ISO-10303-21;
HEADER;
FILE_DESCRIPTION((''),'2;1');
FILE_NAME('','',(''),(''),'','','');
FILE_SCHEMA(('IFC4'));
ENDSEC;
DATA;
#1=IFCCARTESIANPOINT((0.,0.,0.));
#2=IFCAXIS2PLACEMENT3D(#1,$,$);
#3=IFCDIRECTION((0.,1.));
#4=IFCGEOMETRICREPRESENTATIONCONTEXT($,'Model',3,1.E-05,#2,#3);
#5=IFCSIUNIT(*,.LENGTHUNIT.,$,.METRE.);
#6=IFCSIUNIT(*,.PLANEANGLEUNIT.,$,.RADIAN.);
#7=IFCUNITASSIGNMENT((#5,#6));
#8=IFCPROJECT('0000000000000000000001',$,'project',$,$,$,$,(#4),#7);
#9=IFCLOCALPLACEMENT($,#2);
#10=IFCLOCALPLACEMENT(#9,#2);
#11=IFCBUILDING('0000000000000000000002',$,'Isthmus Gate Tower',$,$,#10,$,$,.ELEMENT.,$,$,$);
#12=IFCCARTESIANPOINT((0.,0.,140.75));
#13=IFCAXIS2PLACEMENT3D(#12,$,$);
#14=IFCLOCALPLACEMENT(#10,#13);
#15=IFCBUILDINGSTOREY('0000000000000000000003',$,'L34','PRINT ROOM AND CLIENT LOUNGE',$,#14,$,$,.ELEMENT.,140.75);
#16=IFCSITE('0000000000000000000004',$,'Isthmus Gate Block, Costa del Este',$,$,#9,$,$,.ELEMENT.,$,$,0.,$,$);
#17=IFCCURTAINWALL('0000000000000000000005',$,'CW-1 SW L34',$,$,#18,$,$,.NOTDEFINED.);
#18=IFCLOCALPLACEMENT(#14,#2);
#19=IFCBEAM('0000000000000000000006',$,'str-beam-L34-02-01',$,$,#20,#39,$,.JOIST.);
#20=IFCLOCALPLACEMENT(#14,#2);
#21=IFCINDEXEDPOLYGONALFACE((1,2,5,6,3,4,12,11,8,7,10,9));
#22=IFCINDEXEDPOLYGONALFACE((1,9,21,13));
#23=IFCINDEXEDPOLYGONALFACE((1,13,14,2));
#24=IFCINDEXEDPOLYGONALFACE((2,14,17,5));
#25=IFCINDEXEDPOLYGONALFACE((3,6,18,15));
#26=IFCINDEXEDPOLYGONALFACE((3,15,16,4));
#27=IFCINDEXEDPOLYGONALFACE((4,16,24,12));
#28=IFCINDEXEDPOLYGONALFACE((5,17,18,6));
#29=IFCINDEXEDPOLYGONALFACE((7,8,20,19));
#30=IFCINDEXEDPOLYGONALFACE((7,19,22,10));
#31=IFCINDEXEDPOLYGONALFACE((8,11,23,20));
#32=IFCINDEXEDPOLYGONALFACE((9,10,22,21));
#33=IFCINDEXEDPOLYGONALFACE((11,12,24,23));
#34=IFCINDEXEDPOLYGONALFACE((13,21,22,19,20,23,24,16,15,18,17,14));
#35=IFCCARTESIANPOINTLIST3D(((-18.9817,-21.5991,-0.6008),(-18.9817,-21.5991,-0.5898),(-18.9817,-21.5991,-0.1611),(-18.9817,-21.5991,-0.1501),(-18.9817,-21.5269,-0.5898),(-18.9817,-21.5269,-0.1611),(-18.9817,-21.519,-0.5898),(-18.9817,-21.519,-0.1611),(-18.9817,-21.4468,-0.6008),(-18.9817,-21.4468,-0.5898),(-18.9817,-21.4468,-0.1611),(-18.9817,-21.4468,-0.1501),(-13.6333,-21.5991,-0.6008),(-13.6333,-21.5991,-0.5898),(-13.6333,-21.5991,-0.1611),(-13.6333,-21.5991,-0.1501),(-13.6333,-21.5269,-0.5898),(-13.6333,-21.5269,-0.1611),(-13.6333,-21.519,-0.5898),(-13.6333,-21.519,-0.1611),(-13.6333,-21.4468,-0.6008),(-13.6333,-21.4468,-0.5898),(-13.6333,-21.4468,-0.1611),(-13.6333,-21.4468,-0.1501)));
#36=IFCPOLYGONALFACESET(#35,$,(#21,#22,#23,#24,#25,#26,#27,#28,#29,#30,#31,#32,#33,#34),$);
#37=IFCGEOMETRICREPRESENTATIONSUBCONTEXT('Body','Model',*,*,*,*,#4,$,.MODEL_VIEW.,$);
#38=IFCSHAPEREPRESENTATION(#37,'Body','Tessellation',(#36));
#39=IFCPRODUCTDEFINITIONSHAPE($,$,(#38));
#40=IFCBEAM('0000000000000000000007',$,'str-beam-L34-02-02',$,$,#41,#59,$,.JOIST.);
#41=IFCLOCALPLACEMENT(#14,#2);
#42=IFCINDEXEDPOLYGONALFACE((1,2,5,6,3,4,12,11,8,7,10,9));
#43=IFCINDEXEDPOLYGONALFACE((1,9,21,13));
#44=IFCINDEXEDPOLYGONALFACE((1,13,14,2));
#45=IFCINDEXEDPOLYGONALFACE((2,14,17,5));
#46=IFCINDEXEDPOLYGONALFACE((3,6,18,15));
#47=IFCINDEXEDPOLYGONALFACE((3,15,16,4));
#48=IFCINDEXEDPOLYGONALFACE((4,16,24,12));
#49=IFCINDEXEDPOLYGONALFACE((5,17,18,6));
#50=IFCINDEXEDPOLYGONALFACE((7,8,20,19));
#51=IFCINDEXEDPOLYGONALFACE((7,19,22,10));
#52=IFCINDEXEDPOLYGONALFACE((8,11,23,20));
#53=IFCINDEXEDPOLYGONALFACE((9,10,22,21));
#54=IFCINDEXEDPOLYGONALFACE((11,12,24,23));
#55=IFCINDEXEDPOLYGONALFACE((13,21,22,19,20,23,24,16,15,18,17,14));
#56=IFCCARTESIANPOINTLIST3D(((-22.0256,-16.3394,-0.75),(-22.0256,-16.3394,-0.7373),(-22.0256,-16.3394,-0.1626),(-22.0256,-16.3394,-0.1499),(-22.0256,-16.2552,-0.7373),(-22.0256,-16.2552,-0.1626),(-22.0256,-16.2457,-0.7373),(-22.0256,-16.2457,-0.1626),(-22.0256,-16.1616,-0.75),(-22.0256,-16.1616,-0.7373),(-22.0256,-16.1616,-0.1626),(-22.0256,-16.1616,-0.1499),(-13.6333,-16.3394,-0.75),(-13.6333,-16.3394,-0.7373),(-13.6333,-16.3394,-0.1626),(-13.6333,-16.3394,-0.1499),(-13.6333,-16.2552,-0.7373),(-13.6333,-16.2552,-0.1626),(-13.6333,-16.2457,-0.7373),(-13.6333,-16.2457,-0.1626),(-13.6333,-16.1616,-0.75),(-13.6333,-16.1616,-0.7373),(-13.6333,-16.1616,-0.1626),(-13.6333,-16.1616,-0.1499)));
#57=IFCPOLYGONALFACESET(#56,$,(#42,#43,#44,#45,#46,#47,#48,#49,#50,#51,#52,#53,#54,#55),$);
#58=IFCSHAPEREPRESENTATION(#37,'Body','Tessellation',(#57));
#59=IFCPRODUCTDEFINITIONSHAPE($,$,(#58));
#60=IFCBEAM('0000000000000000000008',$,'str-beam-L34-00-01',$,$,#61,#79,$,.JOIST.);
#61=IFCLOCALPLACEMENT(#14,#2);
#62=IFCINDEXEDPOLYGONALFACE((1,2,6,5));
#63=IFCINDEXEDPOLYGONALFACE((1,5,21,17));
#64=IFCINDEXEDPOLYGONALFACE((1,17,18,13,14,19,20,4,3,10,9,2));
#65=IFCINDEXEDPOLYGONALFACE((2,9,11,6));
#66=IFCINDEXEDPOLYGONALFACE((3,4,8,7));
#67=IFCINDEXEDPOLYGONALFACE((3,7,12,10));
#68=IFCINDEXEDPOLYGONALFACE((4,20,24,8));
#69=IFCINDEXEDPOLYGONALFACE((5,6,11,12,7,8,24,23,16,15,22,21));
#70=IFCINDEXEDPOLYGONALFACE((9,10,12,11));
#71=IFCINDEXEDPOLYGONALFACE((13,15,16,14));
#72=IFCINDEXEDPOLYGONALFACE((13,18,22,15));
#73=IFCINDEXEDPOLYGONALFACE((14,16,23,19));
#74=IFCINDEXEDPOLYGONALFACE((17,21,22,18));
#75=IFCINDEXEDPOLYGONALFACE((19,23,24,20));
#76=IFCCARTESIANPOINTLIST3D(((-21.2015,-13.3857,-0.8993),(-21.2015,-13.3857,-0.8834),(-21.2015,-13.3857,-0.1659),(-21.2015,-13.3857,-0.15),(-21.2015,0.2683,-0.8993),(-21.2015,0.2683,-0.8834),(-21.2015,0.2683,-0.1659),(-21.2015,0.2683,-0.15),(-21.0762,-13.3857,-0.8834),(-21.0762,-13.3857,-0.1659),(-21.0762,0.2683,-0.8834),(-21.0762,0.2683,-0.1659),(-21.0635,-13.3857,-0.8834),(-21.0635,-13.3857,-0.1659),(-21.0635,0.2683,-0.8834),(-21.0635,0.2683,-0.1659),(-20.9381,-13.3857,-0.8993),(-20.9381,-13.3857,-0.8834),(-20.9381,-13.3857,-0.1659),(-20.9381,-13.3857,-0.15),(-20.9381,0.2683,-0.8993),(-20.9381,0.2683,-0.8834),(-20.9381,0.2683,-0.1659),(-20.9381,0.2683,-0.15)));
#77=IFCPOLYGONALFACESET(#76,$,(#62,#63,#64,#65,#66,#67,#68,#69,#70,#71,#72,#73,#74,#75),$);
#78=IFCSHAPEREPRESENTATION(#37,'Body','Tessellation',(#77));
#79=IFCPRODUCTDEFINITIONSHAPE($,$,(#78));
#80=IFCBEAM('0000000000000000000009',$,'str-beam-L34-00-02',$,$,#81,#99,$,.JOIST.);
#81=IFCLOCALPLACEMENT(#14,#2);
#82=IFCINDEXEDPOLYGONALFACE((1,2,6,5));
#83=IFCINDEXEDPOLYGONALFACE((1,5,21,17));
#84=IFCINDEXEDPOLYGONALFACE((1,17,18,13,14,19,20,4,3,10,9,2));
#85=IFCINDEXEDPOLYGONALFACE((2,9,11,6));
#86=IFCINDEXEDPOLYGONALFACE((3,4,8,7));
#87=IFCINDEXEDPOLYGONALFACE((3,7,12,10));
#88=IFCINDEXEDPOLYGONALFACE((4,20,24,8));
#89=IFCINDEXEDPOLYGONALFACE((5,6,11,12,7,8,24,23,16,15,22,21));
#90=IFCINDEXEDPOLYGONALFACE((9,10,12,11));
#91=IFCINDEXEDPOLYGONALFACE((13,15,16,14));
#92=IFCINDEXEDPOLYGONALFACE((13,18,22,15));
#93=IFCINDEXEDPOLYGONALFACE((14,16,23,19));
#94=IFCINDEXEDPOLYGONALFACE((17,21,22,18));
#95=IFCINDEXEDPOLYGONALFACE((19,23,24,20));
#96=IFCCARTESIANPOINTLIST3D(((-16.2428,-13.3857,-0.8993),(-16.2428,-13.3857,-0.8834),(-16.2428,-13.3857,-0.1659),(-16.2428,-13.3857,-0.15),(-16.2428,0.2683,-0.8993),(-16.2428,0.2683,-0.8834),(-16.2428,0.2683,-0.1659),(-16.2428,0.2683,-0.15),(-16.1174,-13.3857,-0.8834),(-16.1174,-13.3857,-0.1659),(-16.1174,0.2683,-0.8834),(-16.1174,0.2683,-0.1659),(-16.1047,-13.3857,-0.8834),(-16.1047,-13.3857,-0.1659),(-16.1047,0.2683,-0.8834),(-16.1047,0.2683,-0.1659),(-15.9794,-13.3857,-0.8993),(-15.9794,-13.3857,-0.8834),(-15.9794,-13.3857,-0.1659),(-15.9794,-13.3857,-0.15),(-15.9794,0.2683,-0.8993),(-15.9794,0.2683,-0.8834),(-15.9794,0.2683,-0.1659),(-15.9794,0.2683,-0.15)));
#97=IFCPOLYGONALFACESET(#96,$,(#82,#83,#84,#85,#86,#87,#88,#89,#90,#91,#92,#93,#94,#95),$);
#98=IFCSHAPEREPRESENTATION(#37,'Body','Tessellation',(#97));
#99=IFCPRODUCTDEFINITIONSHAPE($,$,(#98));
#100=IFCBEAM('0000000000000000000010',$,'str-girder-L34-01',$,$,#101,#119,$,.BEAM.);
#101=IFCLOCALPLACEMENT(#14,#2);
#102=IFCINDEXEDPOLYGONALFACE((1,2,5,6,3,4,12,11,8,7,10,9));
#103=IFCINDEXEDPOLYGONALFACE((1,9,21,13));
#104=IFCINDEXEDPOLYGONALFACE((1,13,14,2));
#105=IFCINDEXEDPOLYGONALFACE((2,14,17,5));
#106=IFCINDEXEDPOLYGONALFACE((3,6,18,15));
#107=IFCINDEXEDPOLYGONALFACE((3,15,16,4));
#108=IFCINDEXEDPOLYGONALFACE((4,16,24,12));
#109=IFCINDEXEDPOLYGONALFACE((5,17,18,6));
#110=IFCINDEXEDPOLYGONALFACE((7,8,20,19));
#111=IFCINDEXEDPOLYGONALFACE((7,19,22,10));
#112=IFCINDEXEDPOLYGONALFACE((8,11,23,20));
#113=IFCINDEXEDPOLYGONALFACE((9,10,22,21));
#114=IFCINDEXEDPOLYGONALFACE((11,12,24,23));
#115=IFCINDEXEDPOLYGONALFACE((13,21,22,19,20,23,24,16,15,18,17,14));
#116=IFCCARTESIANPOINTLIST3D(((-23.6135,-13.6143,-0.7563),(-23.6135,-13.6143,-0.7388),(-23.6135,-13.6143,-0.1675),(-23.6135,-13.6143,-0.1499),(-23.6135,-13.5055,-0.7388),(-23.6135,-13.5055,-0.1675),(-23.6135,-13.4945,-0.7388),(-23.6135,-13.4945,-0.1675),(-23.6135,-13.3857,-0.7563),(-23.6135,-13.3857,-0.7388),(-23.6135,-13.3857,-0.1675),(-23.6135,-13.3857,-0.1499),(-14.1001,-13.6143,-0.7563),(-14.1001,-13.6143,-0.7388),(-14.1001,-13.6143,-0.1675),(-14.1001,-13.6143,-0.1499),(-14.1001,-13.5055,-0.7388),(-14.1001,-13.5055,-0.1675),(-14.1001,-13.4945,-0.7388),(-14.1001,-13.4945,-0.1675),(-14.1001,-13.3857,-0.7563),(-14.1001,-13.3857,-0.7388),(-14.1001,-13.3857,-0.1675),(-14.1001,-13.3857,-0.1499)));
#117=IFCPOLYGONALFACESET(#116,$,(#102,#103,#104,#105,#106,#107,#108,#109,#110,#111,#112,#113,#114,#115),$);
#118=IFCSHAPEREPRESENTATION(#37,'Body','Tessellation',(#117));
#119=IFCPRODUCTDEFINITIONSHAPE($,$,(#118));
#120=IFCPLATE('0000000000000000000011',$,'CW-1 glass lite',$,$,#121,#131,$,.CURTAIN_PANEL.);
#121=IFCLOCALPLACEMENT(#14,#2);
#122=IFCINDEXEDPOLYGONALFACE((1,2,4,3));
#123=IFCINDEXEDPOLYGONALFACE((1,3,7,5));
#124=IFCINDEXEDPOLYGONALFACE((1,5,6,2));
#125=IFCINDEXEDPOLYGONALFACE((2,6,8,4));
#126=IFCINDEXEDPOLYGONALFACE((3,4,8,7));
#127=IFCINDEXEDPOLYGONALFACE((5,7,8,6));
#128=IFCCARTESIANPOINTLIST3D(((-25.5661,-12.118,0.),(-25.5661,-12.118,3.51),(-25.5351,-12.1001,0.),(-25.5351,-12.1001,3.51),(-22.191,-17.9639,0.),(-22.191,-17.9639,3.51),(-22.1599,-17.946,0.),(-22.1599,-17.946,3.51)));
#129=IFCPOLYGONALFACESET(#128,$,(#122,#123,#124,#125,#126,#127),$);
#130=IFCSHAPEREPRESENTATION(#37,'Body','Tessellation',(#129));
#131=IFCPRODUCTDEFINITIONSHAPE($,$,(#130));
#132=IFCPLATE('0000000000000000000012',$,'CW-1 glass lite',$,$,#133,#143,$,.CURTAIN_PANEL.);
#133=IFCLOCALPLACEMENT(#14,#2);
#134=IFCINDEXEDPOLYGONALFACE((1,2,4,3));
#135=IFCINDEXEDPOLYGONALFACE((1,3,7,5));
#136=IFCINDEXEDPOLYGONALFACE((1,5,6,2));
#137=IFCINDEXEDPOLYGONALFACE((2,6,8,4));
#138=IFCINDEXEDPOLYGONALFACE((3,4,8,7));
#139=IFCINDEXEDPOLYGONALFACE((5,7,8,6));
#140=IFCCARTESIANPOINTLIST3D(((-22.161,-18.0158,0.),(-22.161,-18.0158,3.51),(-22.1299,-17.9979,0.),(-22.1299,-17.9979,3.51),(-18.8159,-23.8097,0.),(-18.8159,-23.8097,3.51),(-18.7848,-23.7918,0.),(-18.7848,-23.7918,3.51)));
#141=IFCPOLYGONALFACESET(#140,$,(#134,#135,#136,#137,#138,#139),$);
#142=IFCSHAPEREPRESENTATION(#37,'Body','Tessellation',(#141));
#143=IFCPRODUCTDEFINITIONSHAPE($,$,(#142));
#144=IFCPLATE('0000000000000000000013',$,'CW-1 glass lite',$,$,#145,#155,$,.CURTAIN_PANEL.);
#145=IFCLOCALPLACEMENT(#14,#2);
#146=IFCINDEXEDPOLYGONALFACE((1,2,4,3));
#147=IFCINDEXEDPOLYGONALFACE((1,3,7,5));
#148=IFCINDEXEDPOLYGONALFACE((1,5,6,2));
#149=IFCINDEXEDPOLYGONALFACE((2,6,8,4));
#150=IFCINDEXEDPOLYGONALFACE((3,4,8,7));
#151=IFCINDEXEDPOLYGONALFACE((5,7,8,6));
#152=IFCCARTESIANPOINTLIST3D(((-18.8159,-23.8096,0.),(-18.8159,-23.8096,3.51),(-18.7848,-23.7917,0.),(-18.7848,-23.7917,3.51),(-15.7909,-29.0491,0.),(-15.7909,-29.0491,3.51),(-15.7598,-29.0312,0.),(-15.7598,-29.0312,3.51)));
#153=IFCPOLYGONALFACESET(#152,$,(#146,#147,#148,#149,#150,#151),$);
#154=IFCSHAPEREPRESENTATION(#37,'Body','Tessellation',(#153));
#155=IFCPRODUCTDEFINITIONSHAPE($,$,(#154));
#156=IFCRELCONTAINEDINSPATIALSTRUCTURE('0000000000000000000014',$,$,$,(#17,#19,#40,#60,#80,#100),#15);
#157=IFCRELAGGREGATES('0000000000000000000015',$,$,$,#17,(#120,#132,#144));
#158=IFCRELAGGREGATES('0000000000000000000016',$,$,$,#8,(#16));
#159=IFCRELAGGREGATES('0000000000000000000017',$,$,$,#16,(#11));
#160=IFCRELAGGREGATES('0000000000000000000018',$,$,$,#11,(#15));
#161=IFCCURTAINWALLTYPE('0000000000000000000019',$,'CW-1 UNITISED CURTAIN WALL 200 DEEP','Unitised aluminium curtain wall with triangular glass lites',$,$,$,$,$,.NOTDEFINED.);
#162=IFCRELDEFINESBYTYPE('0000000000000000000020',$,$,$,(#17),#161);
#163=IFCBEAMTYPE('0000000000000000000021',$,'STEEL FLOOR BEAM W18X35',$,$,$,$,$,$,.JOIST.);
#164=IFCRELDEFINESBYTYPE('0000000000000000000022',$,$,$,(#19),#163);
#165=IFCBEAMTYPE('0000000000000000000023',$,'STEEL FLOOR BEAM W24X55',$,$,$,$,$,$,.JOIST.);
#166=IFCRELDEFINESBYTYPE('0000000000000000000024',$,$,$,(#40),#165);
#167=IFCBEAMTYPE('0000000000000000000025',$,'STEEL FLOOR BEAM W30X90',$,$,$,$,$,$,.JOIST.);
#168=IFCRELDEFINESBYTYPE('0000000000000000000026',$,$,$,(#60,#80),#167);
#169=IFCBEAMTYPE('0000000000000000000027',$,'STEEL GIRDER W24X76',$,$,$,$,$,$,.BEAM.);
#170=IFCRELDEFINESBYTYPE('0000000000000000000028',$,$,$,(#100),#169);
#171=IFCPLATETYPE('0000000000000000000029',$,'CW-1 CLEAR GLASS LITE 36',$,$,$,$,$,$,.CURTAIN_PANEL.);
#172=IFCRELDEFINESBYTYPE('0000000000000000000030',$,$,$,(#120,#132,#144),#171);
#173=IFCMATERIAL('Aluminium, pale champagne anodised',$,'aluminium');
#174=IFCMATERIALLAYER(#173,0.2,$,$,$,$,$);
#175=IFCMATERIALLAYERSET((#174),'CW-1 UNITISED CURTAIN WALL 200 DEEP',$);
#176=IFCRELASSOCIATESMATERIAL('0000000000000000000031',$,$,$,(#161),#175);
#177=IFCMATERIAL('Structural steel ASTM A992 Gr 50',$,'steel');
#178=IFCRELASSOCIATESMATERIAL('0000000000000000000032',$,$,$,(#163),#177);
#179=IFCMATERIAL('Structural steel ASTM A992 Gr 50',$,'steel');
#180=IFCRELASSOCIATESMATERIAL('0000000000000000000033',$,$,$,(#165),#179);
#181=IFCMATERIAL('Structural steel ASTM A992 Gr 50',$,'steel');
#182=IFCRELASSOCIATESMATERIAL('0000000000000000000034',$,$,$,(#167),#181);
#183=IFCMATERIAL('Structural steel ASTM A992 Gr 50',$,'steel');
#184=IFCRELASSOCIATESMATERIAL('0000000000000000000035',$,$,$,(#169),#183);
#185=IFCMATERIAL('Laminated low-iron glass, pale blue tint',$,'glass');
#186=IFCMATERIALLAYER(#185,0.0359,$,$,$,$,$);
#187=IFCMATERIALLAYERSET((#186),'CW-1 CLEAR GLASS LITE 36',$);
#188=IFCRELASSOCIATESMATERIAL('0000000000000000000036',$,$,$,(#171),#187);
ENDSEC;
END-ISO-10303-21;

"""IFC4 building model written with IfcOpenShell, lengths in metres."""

from ifc_helpers import new_model, si_unit, direction, frame, origin, origin_2d, place, context, subcontext, project, spatial, rectangle, i_section, extrude, material, layer, layer_set, material_profile, profile_set, type_object, element, aggregate, save


model = new_model("IFC4")

# Units and contexts
model_context = context("Model", 3, precision=1e-05, world=origin(), true_north=direction((0.0, 1.0)))
body_context = subcontext(model_context, "Body", "Model", "MODEL_VIEW")
ifc_project = project(units=[si_unit("LENGTHUNIT", "METRE"), si_unit("PLANEANGLEUNIT", "RADIAN")], contexts=[model_context])

# Site, building, storey
site_placement = place(None, origin())
site = spatial("IfcSite", under=ifc_project, at=site_placement, Name="Isthmus Gate Block, Costa del Este", CompositionType="ELEMENT", RefElevation=0.0)
building_placement = place(site_placement, origin())
building = spatial("IfcBuilding", under=site, at=building_placement, Name="Isthmus Gate Tower", CompositionType="ELEMENT")
storey_placement = place(building_placement, frame((0.0, 0.0, 140.75)))
storey = spatial("IfcBuildingStorey", under=building, at=storey_placement, Name="L34", Description="PRINT ROOM AND CLIENT LOUNGE", CompositionType="ELEMENT", Elevation=140.75)

# Curtain wall
ifc_material_1 = material(Name="Aluminium, pale champagne anodised", Category="aluminium")
ifc_layer_1 = layer(ifc_material_1, 0.2)
ifc_layer_set_1 = layer_set([ifc_layer_1], Name="CW-1 UNITISED CURTAIN WALL 200 DEEP")
curtain_wall_type = type_object("IfcCurtainWallType", Name="CW-1 UNITISED CURTAIN WALL 200 DEEP", Description="Unitised aluminium curtain wall with triangular glass lites", PredefinedType="NOTDEFINED", material=ifc_layer_set_1)
curtain_wall_1_placement = place(storey_placement, origin())
curtain_wall_1 = element("IfcCurtainWall", 1, at=curtain_wall_1_placement, inside=storey, type_object=curtain_wall_type, Name="CW-1 SW L34", PredefinedType="NOTDEFINED")

# Beams
ifc_material_2 = material(Name="Structural steel ASTM A992 Gr 50", Category="steel")
ifc_material_profile_1 = material_profile(ifc_material_2, i_section(OverallWidth=0.1523, OverallDepth=0.4507, WebThickness=0.0078, FlangeThickness=0.011, at=origin_2d()), Name="W18X35")
ifc_profile_set_1 = profile_set([ifc_material_profile_1], Name="Structural steel ASTM A992 Gr 50")
beam_type_1 = type_object("IfcBeamType", Name="STEEL FLOOR BEAM W18X35", PredefinedType="JOIST", material=ifc_profile_set_1)
beam_1_placement = place(storey_placement, frame((-18.9817, -21.5229, -0.3755), z_axis=(1.0, 0.0, 0.0), x_axis=(0.0, 1.0, 0.0)))
element("IfcBeam", 2, at=beam_1_placement, inside=storey, type_object=beam_type_1, Name="str-beam-L34-02-01", PredefinedType="JOIST", context=body_context, shape_type="SweptSolid", body=[
    extrude(i_section(OverallWidth=0.1523, OverallDepth=0.4507, WebThickness=0.0078, FlangeThickness=0.011, at=origin_2d()), origin(), (0.0, 0.0, 1.0), 5.3484),
])
ifc_material_3 = material(Name="Structural steel ASTM A992 Gr 50", Category="steel")
ifc_material_profile_2 = material_profile(ifc_material_3, i_section(OverallWidth=0.1777, OverallDepth=0.6001, WebThickness=0.0095, FlangeThickness=0.0127, at=origin_2d()), Name="W24X55")
ifc_profile_set_2 = profile_set([ifc_material_profile_2], Name="Structural steel ASTM A992 Gr 50")
beam_type_2 = type_object("IfcBeamType", Name="STEEL FLOOR BEAM W24X55", PredefinedType="JOIST", material=ifc_profile_set_2)
beam_2_placement = place(storey_placement, frame((-22.0256, -16.2505, -0.45), z_axis=(1.0, 0.0, 0.0), x_axis=(0.0, 1.0, 0.0)))
element("IfcBeam", 3, at=beam_2_placement, inside=storey, type_object=beam_type_2, Name="str-beam-L34-02-02", PredefinedType="JOIST", context=body_context, shape_type="SweptSolid", body=[
    extrude(i_section(OverallWidth=0.1777, OverallDepth=0.6001, WebThickness=0.0095, FlangeThickness=0.0127, at=origin_2d()), origin(), (0.0, 0.0, 1.0), 8.3923),
])
ifc_material_4 = material(Name="Structural steel ASTM A992 Gr 50", Category="steel")
ifc_material_profile_3 = material_profile(ifc_material_4, i_section(OverallWidth=0.2634, OverallDepth=0.7493, WebThickness=0.0127, FlangeThickness=0.0159, at=origin_2d()), Name="W30X90")
ifc_profile_set_3 = profile_set([ifc_material_profile_3], Name="Structural steel ASTM A992 Gr 50")
beam_type_3 = type_object("IfcBeamType", Name="STEEL FLOOR BEAM W30X90", PredefinedType="JOIST", material=ifc_profile_set_3)
for number, where, z_axis, x_axis, name in (
    (4, (-21.0698, -13.3857, -0.5247), (0.0, 1.0, 0.0), (-1.0, 0.0, 0.0), "str-beam-L34-00-01"),
    (5, (-16.1111, -13.3857, -0.5247), (0.0, 1.0, 0.0), (-1.0, 0.0, 0.0), "str-beam-L34-00-02"),
):
    element("IfcBeam", number, at=place(storey_placement, frame(where, z_axis=z_axis, x_axis=x_axis)), inside=storey, type_object=beam_type_3, Name=name, PredefinedType="JOIST", context=body_context, shape_type="SweptSolid", body=[
        extrude(i_section(OverallWidth=0.2634, OverallDepth=0.7493, WebThickness=0.0127, FlangeThickness=0.0159, at=origin_2d()), origin(), (0.0, 0.0, 1.0), 13.6541),
    ])
ifc_material_5 = material(Name="Structural steel ASTM A992 Gr 50", Category="steel")
ifc_material_profile_4 = material_profile(ifc_material_5, i_section(OverallWidth=0.2285, OverallDepth=0.6064, WebThickness=0.011, FlangeThickness=0.0176, at=origin_2d()), Name="W24X76")
ifc_profile_set_4 = profile_set([ifc_material_profile_4], Name="Structural steel ASTM A992 Gr 50")
beam_type_4 = type_object("IfcBeamType", Name="STEEL GIRDER W24X76", PredefinedType="BEAM", material=ifc_profile_set_4)
beam_3_placement = place(storey_placement, frame((-23.6135, -13.5, -0.4531), z_axis=(1.0, 0.0, 0.0), x_axis=(0.0, 1.0, 0.0)))
element("IfcBeam", 6, at=beam_3_placement, inside=storey, type_object=beam_type_4, Name="str-girder-L34-01", PredefinedType="BEAM", context=body_context, shape_type="SweptSolid", body=[
    extrude(i_section(OverallWidth=0.2285, OverallDepth=0.6064, WebThickness=0.011, FlangeThickness=0.0176, at=origin_2d()), origin(), (0.0, 0.0, 1.0), 9.5134),
])

# Plates
ifc_material_6 = material(Name="Laminated low-iron glass, pale blue tint", Category="glass")
ifc_layer_2 = layer(ifc_material_6, 0.0359)
ifc_layer_set_2 = layer_set([ifc_layer_2], Name="CW-1 CLEAR GLASS LITE 36")
plate_type = type_object("IfcPlateType", Name="CW-1 CLEAR GLASS LITE 36", PredefinedType="CURTAIN_PANEL", material=ifc_layer_set_2)
plate_1_placement = place(storey_placement, frame((-23.863, -15.032, 0.0), z_axis=(0.0, 0.0, 1.0), x_axis=(0.5, -0.866025, 0.0)))
plate_1 = element("IfcPlate", 7, at=plate_1_placement, type_object=plate_type, Name="CW-1 glass lite", PredefinedType="CURTAIN_PANEL", context=body_context, shape_type="SweptSolid", body=[
    extrude(rectangle(XDim=6.7502, YDim=0.0359, at=origin_2d()), origin(), (0.0, 0.0, 1.0), 3.51),
])
plate_2_placement = place(storey_placement, frame((-20.4729, -20.9038, 0.0), z_axis=(0.0, 0.0, 1.0), x_axis=(0.5, -0.866025, 0.0)))
plate_2 = element("IfcPlate", 8, at=plate_2_placement, type_object=plate_type, Name="CW-1 glass lite", PredefinedType="CURTAIN_PANEL", context=body_context, shape_type="SweptSolid", body=[
    extrude(rectangle(XDim=6.6902, YDim=0.0359, at=origin_2d()), origin(), (0.0, 0.0, 1.0), 3.51),
])
plate_3_placement = place(storey_placement, frame((-17.2878, -26.4204, 0.0), z_axis=(0.0, 0.0, 1.0), x_axis=(0.5, -0.866025, 0.0)))
plate_3 = element("IfcPlate", 9, at=plate_3_placement, type_object=plate_type, Name="CW-1 glass lite", PredefinedType="CURTAIN_PANEL", context=body_context, shape_type="SweptSolid", body=[
    extrude(rectangle(XDim=6.05, YDim=0.0359, at=origin_2d()), origin(), (0.0, 0.0, 1.0), 3.51),
])
aggregate(curtain_wall_1, [plate_1, plate_2, plate_3])

save(model, "model.ifc")
